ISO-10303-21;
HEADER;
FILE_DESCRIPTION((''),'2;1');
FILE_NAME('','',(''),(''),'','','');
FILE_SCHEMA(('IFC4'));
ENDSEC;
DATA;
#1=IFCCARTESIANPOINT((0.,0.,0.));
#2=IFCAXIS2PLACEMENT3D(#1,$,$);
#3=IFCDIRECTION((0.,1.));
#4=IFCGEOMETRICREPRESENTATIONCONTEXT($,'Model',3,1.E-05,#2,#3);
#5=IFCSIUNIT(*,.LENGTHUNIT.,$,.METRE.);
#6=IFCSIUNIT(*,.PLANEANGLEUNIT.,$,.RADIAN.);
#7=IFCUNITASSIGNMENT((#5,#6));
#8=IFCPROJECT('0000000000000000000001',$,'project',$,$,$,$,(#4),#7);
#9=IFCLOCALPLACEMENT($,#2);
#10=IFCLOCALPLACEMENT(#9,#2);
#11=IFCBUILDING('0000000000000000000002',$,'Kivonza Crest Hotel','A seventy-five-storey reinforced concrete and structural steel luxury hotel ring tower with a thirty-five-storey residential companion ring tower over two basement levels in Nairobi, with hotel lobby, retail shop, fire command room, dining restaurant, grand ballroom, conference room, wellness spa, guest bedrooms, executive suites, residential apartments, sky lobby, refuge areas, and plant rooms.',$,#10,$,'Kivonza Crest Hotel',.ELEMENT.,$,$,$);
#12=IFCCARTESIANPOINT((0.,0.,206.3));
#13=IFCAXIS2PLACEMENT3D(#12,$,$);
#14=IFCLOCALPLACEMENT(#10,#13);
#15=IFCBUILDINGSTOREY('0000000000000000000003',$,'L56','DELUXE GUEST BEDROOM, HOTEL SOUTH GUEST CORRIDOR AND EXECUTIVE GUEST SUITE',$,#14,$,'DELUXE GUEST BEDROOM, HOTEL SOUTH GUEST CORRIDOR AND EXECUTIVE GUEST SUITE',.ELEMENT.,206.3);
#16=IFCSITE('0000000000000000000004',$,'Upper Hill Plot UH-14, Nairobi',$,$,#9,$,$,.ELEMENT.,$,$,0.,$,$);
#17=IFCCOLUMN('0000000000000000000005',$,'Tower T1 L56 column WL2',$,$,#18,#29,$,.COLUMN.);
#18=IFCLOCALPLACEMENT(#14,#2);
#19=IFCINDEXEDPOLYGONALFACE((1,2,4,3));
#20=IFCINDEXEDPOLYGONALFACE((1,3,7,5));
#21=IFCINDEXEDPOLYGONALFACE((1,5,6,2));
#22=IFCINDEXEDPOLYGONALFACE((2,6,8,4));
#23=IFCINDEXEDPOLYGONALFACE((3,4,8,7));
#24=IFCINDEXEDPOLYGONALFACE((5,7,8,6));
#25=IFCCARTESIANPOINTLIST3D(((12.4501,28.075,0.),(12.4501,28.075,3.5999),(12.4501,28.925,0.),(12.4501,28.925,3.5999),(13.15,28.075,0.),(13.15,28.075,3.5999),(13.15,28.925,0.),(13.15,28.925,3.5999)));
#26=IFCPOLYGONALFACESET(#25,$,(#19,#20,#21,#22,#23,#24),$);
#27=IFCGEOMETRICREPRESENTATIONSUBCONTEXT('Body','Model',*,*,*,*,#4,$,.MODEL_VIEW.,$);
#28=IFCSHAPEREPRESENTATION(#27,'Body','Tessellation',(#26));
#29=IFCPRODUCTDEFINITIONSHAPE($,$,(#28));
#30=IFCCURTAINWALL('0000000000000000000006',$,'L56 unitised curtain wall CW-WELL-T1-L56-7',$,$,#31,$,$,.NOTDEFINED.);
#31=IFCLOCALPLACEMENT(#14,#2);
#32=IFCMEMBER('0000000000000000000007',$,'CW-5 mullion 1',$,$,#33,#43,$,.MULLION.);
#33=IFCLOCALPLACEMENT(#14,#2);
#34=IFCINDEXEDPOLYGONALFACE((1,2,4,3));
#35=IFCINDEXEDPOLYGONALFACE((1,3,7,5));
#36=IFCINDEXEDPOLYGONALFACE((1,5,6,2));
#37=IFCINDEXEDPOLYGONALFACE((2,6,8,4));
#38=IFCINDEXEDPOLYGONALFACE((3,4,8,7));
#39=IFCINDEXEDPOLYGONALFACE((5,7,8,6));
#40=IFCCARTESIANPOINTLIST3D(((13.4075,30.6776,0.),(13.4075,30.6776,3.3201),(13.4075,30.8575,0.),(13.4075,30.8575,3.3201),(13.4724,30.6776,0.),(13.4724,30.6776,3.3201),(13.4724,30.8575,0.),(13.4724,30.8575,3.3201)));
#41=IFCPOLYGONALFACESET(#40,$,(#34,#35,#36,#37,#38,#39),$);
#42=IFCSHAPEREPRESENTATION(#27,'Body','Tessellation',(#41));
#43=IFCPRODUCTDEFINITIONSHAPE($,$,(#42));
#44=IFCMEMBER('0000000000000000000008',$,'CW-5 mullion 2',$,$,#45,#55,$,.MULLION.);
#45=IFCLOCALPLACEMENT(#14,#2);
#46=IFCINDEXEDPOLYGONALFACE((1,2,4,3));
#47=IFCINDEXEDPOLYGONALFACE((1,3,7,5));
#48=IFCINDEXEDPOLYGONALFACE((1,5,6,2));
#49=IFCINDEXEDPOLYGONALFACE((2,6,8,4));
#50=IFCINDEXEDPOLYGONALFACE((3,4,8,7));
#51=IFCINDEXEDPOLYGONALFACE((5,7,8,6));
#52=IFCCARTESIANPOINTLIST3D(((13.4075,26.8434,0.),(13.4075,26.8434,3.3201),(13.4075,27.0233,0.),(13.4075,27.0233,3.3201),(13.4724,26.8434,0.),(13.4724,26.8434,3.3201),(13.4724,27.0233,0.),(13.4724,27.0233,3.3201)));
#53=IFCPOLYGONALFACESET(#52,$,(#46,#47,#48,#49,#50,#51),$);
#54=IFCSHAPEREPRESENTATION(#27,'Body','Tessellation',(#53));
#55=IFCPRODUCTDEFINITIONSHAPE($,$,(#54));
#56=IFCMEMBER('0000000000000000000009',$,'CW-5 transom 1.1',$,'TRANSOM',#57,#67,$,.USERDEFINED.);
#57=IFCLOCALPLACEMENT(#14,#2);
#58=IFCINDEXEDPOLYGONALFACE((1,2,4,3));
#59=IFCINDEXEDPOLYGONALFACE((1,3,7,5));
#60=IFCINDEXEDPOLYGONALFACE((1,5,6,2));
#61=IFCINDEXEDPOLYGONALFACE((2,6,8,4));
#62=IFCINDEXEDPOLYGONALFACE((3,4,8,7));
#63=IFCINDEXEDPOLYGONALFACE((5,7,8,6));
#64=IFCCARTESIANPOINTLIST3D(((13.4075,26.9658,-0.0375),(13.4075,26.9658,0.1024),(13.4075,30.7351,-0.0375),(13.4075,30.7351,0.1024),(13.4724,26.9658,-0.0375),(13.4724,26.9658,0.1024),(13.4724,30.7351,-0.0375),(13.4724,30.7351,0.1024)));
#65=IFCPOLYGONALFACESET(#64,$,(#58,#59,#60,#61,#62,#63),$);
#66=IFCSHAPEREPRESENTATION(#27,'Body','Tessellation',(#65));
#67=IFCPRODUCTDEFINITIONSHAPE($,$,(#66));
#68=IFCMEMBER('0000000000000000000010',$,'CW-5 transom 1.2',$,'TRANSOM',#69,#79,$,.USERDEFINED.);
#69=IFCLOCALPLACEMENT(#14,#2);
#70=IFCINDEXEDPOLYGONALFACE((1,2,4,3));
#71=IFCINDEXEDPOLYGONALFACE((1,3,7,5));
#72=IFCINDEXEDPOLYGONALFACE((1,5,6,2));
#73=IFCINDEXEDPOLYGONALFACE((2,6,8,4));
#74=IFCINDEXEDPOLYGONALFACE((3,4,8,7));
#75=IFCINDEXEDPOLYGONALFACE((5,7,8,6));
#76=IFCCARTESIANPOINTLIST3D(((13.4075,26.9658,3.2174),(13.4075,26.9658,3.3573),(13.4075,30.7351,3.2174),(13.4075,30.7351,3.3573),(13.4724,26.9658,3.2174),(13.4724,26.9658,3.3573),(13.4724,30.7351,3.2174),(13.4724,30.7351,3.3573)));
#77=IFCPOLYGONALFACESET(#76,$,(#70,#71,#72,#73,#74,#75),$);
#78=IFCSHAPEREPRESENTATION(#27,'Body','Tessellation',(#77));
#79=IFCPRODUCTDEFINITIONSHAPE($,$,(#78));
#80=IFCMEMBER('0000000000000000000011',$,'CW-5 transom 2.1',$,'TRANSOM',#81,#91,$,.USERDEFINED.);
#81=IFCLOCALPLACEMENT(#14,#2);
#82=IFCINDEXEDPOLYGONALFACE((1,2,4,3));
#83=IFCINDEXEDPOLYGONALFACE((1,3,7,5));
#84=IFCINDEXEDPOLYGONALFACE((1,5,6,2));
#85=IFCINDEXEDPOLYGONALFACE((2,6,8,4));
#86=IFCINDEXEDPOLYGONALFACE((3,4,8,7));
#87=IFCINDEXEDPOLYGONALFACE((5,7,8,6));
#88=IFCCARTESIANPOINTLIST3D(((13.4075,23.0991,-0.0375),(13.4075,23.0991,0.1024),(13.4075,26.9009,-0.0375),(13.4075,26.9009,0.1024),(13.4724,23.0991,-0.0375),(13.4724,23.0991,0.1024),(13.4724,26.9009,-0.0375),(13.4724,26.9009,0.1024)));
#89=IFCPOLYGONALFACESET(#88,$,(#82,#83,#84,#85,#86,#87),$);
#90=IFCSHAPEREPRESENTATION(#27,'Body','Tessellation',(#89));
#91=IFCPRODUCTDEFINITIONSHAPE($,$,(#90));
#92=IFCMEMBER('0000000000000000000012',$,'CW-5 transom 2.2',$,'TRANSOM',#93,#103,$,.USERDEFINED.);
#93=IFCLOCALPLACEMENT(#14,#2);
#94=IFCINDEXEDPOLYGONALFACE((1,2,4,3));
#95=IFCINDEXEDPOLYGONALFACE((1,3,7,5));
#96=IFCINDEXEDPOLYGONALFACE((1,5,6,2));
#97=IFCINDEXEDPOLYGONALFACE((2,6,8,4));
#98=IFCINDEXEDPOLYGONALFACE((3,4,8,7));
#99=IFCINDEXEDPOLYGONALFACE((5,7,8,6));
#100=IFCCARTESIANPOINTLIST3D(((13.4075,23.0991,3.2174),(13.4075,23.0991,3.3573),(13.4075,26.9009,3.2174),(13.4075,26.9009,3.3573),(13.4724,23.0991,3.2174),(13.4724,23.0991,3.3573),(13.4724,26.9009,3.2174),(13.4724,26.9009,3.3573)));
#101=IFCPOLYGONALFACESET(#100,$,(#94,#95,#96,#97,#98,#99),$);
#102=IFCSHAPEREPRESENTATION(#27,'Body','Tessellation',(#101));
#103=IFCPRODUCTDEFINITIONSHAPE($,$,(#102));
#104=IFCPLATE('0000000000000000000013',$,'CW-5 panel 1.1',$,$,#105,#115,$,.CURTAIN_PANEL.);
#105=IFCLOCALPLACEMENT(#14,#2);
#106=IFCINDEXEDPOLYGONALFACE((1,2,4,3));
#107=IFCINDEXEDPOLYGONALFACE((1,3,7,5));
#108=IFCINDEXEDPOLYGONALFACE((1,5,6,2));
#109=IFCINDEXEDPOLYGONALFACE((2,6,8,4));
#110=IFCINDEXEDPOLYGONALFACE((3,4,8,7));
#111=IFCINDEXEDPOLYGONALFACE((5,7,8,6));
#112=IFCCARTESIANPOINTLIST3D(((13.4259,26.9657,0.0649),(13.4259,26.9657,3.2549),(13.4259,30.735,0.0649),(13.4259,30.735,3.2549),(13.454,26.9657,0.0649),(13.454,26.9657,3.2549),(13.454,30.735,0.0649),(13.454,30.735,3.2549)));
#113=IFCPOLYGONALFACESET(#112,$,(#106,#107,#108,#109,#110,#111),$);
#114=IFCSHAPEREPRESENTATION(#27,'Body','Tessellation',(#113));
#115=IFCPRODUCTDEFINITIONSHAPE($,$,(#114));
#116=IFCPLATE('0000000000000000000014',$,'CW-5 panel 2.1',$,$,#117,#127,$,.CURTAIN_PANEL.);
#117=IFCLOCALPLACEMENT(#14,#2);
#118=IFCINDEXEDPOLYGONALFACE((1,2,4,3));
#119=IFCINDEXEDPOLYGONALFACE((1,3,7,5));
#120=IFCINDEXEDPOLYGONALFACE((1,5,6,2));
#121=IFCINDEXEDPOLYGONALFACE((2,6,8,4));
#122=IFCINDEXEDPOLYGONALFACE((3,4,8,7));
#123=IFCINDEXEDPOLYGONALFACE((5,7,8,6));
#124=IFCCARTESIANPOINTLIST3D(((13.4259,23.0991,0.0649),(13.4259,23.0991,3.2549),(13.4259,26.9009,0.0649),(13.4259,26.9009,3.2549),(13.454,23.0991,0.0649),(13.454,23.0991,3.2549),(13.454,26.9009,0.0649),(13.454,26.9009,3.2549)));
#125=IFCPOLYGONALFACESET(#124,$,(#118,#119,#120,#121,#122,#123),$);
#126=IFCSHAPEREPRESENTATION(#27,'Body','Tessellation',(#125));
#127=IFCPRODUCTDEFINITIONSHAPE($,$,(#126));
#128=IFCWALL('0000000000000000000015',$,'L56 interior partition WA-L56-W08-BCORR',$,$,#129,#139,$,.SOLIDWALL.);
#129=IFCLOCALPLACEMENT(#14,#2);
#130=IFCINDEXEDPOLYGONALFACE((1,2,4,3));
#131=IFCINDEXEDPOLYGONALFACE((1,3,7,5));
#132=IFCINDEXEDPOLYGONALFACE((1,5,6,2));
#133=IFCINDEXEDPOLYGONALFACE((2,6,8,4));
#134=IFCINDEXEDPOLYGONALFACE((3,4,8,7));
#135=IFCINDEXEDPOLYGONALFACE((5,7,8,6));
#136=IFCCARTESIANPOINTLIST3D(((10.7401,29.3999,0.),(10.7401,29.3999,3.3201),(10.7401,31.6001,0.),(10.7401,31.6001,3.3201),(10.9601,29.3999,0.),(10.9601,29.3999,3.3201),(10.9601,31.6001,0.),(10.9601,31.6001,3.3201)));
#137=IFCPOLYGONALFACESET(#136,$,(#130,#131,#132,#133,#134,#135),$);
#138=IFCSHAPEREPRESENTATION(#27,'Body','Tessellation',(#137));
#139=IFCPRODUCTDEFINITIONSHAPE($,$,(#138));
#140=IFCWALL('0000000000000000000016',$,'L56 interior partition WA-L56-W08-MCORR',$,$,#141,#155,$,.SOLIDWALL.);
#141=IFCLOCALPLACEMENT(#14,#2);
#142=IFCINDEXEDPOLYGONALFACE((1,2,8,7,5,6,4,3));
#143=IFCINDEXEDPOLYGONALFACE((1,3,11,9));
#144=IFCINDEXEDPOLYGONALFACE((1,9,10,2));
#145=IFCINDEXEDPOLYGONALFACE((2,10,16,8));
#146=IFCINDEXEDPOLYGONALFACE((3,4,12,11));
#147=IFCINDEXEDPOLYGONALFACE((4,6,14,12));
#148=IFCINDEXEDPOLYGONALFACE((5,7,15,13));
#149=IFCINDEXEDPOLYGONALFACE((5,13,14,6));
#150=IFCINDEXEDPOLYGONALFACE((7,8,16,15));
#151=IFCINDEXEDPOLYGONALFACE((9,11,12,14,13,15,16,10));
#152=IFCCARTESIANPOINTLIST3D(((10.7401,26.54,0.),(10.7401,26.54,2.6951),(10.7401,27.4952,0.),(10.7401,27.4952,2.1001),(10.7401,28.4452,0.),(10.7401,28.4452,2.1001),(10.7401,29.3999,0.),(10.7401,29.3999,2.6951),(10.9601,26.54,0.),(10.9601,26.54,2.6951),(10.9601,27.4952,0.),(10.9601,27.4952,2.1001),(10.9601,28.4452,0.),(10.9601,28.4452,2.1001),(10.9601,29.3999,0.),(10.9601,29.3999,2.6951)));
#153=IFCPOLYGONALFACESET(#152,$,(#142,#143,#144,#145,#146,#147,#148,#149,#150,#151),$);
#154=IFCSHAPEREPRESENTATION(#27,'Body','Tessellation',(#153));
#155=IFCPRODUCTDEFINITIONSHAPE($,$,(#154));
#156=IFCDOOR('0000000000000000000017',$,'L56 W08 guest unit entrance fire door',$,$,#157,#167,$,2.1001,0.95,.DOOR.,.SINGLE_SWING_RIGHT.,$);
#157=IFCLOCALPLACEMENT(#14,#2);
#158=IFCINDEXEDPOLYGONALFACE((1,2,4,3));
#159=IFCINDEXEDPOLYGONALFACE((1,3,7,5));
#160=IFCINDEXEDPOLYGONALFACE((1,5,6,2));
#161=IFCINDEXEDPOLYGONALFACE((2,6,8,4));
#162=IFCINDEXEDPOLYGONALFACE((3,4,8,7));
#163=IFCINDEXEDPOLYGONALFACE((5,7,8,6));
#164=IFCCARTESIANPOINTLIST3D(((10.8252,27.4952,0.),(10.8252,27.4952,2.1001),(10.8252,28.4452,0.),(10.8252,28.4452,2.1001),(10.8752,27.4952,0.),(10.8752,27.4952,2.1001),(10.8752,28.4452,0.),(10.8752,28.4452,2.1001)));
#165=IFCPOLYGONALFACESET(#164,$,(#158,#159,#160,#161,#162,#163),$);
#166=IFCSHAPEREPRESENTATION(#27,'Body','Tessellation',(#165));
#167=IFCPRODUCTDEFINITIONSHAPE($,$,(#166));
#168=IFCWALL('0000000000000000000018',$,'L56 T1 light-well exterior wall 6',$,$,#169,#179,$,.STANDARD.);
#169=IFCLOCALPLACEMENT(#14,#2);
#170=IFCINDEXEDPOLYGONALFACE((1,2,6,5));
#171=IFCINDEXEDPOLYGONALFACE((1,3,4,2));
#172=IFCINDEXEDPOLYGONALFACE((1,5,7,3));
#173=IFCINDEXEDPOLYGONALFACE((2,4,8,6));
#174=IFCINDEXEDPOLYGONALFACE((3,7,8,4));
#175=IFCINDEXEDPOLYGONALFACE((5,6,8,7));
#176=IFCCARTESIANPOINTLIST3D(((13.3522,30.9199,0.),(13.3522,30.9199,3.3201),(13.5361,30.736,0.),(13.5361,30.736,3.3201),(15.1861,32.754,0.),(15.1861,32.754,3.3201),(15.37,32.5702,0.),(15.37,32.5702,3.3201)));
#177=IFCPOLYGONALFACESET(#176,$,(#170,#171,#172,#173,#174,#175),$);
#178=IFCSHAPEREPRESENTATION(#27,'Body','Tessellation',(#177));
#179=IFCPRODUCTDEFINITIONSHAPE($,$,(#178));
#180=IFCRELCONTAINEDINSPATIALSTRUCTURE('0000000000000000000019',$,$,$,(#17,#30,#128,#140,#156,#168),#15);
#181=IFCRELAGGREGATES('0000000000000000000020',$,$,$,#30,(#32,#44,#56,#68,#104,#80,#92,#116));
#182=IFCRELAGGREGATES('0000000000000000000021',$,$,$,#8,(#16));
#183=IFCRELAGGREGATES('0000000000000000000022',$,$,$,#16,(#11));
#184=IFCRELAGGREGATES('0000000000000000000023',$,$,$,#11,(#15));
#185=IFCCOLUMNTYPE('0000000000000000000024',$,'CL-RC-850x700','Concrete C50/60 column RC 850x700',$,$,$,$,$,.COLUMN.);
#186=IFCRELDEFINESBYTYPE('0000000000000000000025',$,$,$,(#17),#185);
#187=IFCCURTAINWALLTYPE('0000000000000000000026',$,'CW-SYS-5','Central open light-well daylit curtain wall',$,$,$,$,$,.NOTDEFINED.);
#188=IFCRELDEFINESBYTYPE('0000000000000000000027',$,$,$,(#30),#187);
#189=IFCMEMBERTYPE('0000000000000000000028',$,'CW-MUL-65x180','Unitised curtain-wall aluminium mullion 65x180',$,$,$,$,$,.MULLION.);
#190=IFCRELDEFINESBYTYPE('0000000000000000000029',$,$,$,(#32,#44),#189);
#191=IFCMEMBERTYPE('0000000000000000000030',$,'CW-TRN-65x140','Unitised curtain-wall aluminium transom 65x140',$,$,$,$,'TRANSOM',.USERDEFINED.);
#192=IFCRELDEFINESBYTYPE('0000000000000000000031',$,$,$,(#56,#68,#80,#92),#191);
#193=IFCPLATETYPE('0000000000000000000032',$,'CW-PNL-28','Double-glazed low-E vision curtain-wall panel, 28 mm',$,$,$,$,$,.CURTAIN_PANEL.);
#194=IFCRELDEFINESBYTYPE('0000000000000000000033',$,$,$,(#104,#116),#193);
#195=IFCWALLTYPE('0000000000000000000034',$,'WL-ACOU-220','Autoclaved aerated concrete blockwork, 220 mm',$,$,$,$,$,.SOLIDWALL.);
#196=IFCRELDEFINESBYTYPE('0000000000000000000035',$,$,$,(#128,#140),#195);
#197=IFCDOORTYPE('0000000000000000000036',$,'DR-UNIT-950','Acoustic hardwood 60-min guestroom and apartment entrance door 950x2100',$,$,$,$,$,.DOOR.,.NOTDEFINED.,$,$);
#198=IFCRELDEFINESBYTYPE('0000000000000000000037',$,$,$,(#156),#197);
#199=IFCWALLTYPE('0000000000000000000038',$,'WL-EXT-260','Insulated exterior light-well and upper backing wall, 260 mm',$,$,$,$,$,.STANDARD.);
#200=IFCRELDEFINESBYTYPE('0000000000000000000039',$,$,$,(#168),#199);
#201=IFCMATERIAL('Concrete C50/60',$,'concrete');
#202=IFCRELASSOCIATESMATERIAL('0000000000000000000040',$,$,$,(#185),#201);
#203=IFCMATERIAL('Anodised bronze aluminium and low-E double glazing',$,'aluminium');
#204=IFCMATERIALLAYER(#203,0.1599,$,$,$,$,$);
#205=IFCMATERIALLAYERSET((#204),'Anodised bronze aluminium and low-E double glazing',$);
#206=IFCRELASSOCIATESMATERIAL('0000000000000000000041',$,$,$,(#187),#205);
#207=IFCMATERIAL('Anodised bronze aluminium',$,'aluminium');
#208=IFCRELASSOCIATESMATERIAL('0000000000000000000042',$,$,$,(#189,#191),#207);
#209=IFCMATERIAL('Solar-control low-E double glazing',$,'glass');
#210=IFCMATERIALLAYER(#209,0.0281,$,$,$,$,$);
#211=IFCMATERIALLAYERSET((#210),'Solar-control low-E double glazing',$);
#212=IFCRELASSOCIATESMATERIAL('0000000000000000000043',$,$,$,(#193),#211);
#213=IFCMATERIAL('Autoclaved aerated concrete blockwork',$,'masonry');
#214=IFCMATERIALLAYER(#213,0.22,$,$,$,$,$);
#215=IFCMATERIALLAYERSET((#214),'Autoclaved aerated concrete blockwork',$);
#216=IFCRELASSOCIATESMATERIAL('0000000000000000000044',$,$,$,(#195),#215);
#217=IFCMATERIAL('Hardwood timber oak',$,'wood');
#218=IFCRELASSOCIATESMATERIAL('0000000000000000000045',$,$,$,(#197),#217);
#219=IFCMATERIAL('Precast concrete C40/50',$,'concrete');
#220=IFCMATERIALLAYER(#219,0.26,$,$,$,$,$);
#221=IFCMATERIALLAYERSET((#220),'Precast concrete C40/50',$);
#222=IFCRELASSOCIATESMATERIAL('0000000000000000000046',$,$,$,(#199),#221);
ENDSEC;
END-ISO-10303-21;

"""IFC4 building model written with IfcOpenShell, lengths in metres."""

from ifc_helpers import new_model, si_unit, direction, frame, frame_2d, origin, origin_2d, place, context, subcontext, project, spatial, rectangle, extrude, material, layer, layer_set, material_profile, profile_set, type_object, element, fill, aggregate, save


model = new_model("IFC4")

# Units and contexts
model_context = context("Model", 3, precision=1e-05, world=origin(), true_north=direction((0.0, 1.0)))
body_context = subcontext(model_context, "Body", "Model", "MODEL_VIEW")
ifc_project = project(units=[si_unit("LENGTHUNIT", "METRE"), si_unit("PLANEANGLEUNIT", "RADIAN")], contexts=[model_context])

# Site, building, storey
site_placement = place(None, origin())
site = spatial("IfcSite", under=ifc_project, at=site_placement, Name="Upper Hill Plot UH-14, Nairobi", CompositionType="ELEMENT", RefElevation=0.0)
building_placement = place(site_placement, origin())
building = spatial("IfcBuilding", under=site, at=building_placement, Name="Kivonza Crest Hotel", Description="A seventy-five-storey reinforced concrete and structural steel luxury hotel ring tower with a thirty-five-storey residential companion ring tower over two basement levels in Nairobi, with hotel lobby, retail shop, fire command room, dining restaurant, grand ballroom, conference room, wellness spa, guest bedrooms, executive suites, residential apartments, sky lobby, refuge areas, and plant rooms.", LongName="Kivonza Crest Hotel", CompositionType="ELEMENT")
storey_placement = place(building_placement, frame((0.0, 0.0, 206.3)))
storey = spatial("IfcBuildingStorey", under=building, at=storey_placement, Name="L56", Description="DELUXE GUEST BEDROOM, HOTEL SOUTH GUEST CORRIDOR AND EXECUTIVE GUEST SUITE", LongName="DELUXE GUEST BEDROOM, HOTEL SOUTH GUEST CORRIDOR AND EXECUTIVE GUEST SUITE", CompositionType="ELEMENT", Elevation=206.3)

# Column
ifc_material_1 = material(Name="Concrete C50/60", Category="concrete")
ifc_material_profile_1 = material_profile(ifc_material_1, rectangle(XDim=0.7, YDim=0.8501, at=origin_2d()), Name="RC 850x700")
ifc_profile_set_1 = profile_set([ifc_material_profile_1], Name="Concrete C50/60")
column_type = type_object("IfcColumnType", Name="CL-RC-850x700", Description="Concrete C50/60 column RC 850x700", PredefinedType="COLUMN", material=ifc_profile_set_1)
column_placement = place(storey_placement, frame((12.8, 28.5, 0.0), z_axis=(0.0, 0.0, 1.0), x_axis=(1.0, 0.0, 0.0)))
element("IfcColumn", 1, at=column_placement, inside=storey, type_object=column_type, Name="Tower T1 L56 column WL2", PredefinedType="COLUMN", context=body_context, shape_type="SweptSolid", body=[
    extrude(rectangle(XDim=0.7, YDim=0.8501, at=origin_2d()), origin(), (0.0, 0.0, 1.0), 3.5999),
])

# Curtain wall, members, plates
ifc_material_2 = material(Name="Anodised bronze aluminium and low-E double glazing", Category="aluminium")
ifc_layer_1 = layer(ifc_material_2, 0.1599)
ifc_layer_set_1 = layer_set([ifc_layer_1], Name="Anodised bronze aluminium and low-E double glazing")
curtain_wall_type = type_object("IfcCurtainWallType", Name="CW-SYS-5", Description="Central open light-well daylit curtain wall", PredefinedType="NOTDEFINED", material=ifc_layer_set_1)
curtain_wall_placement = place(storey_placement, origin())
curtain_wall = element("IfcCurtainWall", 2, at=curtain_wall_placement, inside=storey, type_object=curtain_wall_type, Name="L56 unitised curtain wall CW-WELL-T1-L56-7", PredefinedType="NOTDEFINED")
ifc_material_3 = material(Name="Anodised bronze aluminium", Category="aluminium")
ifc_material_profile_2 = material_profile(ifc_material_3, rectangle(XDim=0.0649, YDim=0.1799, at=origin_2d()), Name="CW-M 65x180")
ifc_profile_set_2 = profile_set([ifc_material_profile_2], Name="Anodised bronze aluminium")
member_type_1 = type_object("IfcMemberType", Name="CW-MUL-65x180", Description="Unitised curtain-wall aluminium mullion 65x180", PredefinedType="MULLION", material=ifc_profile_set_2)
member_1_placement = place(storey_placement, frame((13.4399, 30.7676, 0.0), z_axis=(0.0, 0.0, 1.0), x_axis=(1.0, 0.0, 0.0)))
member_1 = element("IfcMember", 3, at=member_1_placement, type_object=member_type_1, Name="CW-5 mullion 1", PredefinedType="MULLION", context=body_context, shape_type="SweptSolid", body=[
    extrude(rectangle(XDim=0.0649, YDim=0.1799, at=origin_2d()), origin(), (0.0, 0.0, 1.0), 3.3201),
])
member_2_placement = place(storey_placement, frame((13.4399, 26.9333, 0.0), z_axis=(0.0, 0.0, 1.0), x_axis=(1.0, 0.0, 0.0)))
member_2 = element("IfcMember", 4, at=member_2_placement, type_object=member_type_1, Name="CW-5 mullion 2", PredefinedType="MULLION", context=body_context, shape_type="SweptSolid", body=[
    extrude(rectangle(XDim=0.0649, YDim=0.1799, at=origin_2d()), origin(), (0.0, 0.0, 1.0), 3.3201),
])
ifc_material_profile_3 = material_profile(ifc_material_3, rectangle(XDim=0.0649, YDim=0.1399, at=origin_2d()), Name="CW-T 65x140")
ifc_profile_set_3 = profile_set([ifc_material_profile_3], Name="Anodised bronze aluminium")
member_type_2 = type_object("IfcMemberType", Name="CW-TRN-65x140", Description="Unitised curtain-wall aluminium transom 65x140", ElementType="TRANSOM", PredefinedType="USERDEFINED", material=ifc_profile_set_3)
member_3_placement = place(storey_placement, frame((13.4399, 30.7351, 0.0325), z_axis=(0.0, -1.0, 0.0), x_axis=(1.0, 0.0, 0.0)))
member_3 = element("IfcMember", 5, at=member_3_placement, type_object=member_type_2, Name="CW-5 transom 1.1", ObjectType="TRANSOM", PredefinedType="USERDEFINED", context=body_context, shape_type="SweptSolid", body=[
    extrude(rectangle(XDim=0.0649, YDim=0.1399, at=origin_2d()), origin(), (0.0, 0.0, 1.0), 3.7693),
])
member_4_placement = place(storey_placement, frame((13.4399, 30.7351, 3.2874), z_axis=(0.0, -1.0, 0.0), x_axis=(1.0, 0.0, 0.0)))
member_4 = element("IfcMember", 6, at=member_4_placement, type_object=member_type_2, Name="CW-5 transom 1.2", ObjectType="TRANSOM", PredefinedType="USERDEFINED", context=body_context, shape_type="SweptSolid", body=[
    extrude(rectangle(XDim=0.0649, YDim=0.1399, at=origin_2d()), origin(), (0.0, 0.0, 1.0), 3.7693),
])
member_5_placement = place(storey_placement, frame((13.4399, 26.9009, 0.0325), z_axis=(0.0, -1.0, 0.0), x_axis=(1.0, 0.0, 0.0)))
member_5 = element("IfcMember", 7, at=member_5_placement, type_object=member_type_2, Name="CW-5 transom 2.1", ObjectType="TRANSOM", PredefinedType="USERDEFINED", context=body_context, shape_type="SweptSolid", body=[
    extrude(rectangle(XDim=0.0649, YDim=0.1399, at=origin_2d()), origin(), (0.0, 0.0, 1.0), 3.8018),
])
member_6_placement = place(storey_placement, frame((13.4399, 26.9009, 3.2874), z_axis=(0.0, -1.0, 0.0), x_axis=(1.0, 0.0, 0.0)))
member_6 = element("IfcMember", 8, at=member_6_placement, type_object=member_type_2, Name="CW-5 transom 2.2", ObjectType="TRANSOM", PredefinedType="USERDEFINED", context=body_context, shape_type="SweptSolid", body=[
    extrude(rectangle(XDim=0.0649, YDim=0.1399, at=origin_2d()), origin(), (0.0, 0.0, 1.0), 3.8018),
])
ifc_material_4 = material(Name="Solar-control low-E double glazing", Category="glass")
ifc_layer_2 = layer(ifc_material_4, 0.0281)
ifc_layer_set_2 = layer_set([ifc_layer_2], Name="Solar-control low-E double glazing")
plate_type = type_object("IfcPlateType", Name="CW-PNL-28", Description="Double-glazed low-E vision curtain-wall panel, 28 mm", PredefinedType="CURTAIN_PANEL", material=ifc_layer_set_2)
plate_1_placement = place(storey_placement, frame((13.4399, 28.8503, 0.0649), z_axis=(0.0, 0.0, 1.0), x_axis=(0.0, -1.0, 0.0)))
plate_1 = element("IfcPlate", 9, at=plate_1_placement, type_object=plate_type, Name="CW-5 panel 1.1", PredefinedType="CURTAIN_PANEL", context=body_context, shape_type="SweptSolid", body=[
    extrude(rectangle(XDim=3.7693, YDim=0.0281, at=origin_2d()), origin(), (0.0, 0.0, 1.0), 3.1899),
])
plate_2_placement = place(storey_placement, frame((13.4399, 25.0, 0.0649), z_axis=(0.0, 0.0, 1.0), x_axis=(0.0, -1.0, 0.0)))
plate_2 = element("IfcPlate", 10, at=plate_2_placement, type_object=plate_type, Name="CW-5 panel 2.1", PredefinedType="CURTAIN_PANEL", context=body_context, shape_type="SweptSolid", body=[
    extrude(rectangle(XDim=3.8018, YDim=0.0281, at=origin_2d()), origin(), (0.0, 0.0, 1.0), 3.1899),
])
aggregate(curtain_wall, [member_1, member_2, member_3, member_4, plate_1, member_5, member_6, plate_2])

# Wall
ifc_material_5 = material(Name="Autoclaved aerated concrete blockwork", Category="masonry")
ifc_layer_3 = layer(ifc_material_5, 0.22)
ifc_layer_set_3 = layer_set([ifc_layer_3], Name="Autoclaved aerated concrete blockwork")
wall_type_1 = type_object("IfcWallType", Name="WL-ACOU-220", Description="Autoclaved aerated concrete blockwork, 220 mm", PredefinedType="SOLIDWALL", material=ifc_layer_set_3)
wall_1_placement = place(storey_placement, frame((10.8501, 29.3999, 0.0), z_axis=(0.0, 0.0, 1.0), x_axis=(0.0, 1.0, 0.0)))
element("IfcWall", 11, at=wall_1_placement, inside=storey, type_object=wall_type_1, Name="L56 interior partition WA-L56-W08-BCORR", PredefinedType="SOLIDWALL", context=body_context, shape_type="SweptSolid", body=[
    extrude(rectangle(XDim=2.2002, YDim=0.22, at=frame_2d((1.1001, 0.0))), origin(), (0.0, 0.0, 1.0), 3.3201),
])

# Wall, opening, door
wall_2_placement = place(storey_placement, frame((10.8501, 26.54, 0.0), z_axis=(0.0, 0.0, 1.0), x_axis=(0.0, 1.0, 0.0)))
wall_2 = element("IfcWall", 12, at=wall_2_placement, inside=storey, type_object=wall_type_1, Name="L56 interior partition WA-L56-W08-MCORR", PredefinedType="SOLIDWALL", context=body_context, shape_type="SweptSolid", body=[
    extrude(rectangle(XDim=2.8599, YDim=0.22, at=frame_2d((1.4299, 0.0))), origin(), (0.0, 0.0, 1.0), 2.6951),
])
opening_1_placement = place(wall_2_placement, frame((0.9551, 0.0, 0.0)))
opening_1 = element("IfcOpeningElement", 13, at=opening_1_placement, cuts=wall_2, PredefinedType="OPENING", context=body_context, shape_type="SweptSolid", body=[
    extrude(rectangle(XDim=0.95, YDim=2.1001, at=frame_2d((0.4751, 1.05))), frame((0.0, 0.1201, 0.0), z_axis=(0.0, -1.0, 0.0), x_axis=(1.0, 0.0, 0.0)), (0.0, 0.0, 1.0), 0.24),
])
ifc_material_6 = material(Name="Hardwood timber oak", Category="wood")
door_type_1 = type_object("IfcDoorType", Name="DR-UNIT-950", Description="Acoustic hardwood 60-min guestroom and apartment entrance door 950x2100", OperationType="NOTDEFINED", PredefinedType="DOOR", material=ifc_material_6)
door_1_placement = place(opening_1_placement, origin())
door_1 = element("IfcDoor", 14, at=door_1_placement, inside=storey, type_object=door_type_1, Name="L56 W08 guest unit entrance fire door", OperationType="SINGLE_SWING_RIGHT", OverallHeight=2.1001, OverallWidth=0.95, PredefinedType="DOOR", context=body_context, shape_type="SweptSolid", body=[
    extrude(rectangle(XDim=0.95, YDim=2.1001, at=frame_2d((0.4751, 1.05))), frame((0.0, 0.0249, 0.0), z_axis=(0.0, -1.0, 0.0), x_axis=(1.0, 0.0, 0.0)), (0.0, 0.0, 1.0), 0.05),
])
fill(opening_1, door_1)

# Wall
ifc_material_7 = material(Name="Precast concrete C40/50", Category="concrete")
ifc_layer_4 = layer(ifc_material_7, 0.26)
ifc_layer_set_4 = layer_set([ifc_layer_4], Name="Precast concrete C40/50")
wall_type_2 = type_object("IfcWallType", Name="WL-EXT-260", Description="Insulated exterior light-well and upper backing wall, 260 mm", PredefinedType="STANDARD", material=ifc_layer_set_4)
wall_3_placement = place(storey_placement, frame((15.2781, 32.6621, 0.0), z_axis=(0.0, 0.0, 1.0), x_axis=(-0.70706, -0.707154, 0.0)))
element("IfcWall", 15, at=wall_3_placement, inside=storey, type_object=wall_type_2, Name="L56 T1 light-well exterior wall 6", PredefinedType="STANDARD", context=body_context, shape_type="SweptSolid", body=[
    extrude(rectangle(XDim=2.5938, YDim=0.26, at=frame_2d((1.2969, 0.0))), origin(), (0.0, 0.0, 1.0), 3.3201),
])

save(model, "model.ifc")
